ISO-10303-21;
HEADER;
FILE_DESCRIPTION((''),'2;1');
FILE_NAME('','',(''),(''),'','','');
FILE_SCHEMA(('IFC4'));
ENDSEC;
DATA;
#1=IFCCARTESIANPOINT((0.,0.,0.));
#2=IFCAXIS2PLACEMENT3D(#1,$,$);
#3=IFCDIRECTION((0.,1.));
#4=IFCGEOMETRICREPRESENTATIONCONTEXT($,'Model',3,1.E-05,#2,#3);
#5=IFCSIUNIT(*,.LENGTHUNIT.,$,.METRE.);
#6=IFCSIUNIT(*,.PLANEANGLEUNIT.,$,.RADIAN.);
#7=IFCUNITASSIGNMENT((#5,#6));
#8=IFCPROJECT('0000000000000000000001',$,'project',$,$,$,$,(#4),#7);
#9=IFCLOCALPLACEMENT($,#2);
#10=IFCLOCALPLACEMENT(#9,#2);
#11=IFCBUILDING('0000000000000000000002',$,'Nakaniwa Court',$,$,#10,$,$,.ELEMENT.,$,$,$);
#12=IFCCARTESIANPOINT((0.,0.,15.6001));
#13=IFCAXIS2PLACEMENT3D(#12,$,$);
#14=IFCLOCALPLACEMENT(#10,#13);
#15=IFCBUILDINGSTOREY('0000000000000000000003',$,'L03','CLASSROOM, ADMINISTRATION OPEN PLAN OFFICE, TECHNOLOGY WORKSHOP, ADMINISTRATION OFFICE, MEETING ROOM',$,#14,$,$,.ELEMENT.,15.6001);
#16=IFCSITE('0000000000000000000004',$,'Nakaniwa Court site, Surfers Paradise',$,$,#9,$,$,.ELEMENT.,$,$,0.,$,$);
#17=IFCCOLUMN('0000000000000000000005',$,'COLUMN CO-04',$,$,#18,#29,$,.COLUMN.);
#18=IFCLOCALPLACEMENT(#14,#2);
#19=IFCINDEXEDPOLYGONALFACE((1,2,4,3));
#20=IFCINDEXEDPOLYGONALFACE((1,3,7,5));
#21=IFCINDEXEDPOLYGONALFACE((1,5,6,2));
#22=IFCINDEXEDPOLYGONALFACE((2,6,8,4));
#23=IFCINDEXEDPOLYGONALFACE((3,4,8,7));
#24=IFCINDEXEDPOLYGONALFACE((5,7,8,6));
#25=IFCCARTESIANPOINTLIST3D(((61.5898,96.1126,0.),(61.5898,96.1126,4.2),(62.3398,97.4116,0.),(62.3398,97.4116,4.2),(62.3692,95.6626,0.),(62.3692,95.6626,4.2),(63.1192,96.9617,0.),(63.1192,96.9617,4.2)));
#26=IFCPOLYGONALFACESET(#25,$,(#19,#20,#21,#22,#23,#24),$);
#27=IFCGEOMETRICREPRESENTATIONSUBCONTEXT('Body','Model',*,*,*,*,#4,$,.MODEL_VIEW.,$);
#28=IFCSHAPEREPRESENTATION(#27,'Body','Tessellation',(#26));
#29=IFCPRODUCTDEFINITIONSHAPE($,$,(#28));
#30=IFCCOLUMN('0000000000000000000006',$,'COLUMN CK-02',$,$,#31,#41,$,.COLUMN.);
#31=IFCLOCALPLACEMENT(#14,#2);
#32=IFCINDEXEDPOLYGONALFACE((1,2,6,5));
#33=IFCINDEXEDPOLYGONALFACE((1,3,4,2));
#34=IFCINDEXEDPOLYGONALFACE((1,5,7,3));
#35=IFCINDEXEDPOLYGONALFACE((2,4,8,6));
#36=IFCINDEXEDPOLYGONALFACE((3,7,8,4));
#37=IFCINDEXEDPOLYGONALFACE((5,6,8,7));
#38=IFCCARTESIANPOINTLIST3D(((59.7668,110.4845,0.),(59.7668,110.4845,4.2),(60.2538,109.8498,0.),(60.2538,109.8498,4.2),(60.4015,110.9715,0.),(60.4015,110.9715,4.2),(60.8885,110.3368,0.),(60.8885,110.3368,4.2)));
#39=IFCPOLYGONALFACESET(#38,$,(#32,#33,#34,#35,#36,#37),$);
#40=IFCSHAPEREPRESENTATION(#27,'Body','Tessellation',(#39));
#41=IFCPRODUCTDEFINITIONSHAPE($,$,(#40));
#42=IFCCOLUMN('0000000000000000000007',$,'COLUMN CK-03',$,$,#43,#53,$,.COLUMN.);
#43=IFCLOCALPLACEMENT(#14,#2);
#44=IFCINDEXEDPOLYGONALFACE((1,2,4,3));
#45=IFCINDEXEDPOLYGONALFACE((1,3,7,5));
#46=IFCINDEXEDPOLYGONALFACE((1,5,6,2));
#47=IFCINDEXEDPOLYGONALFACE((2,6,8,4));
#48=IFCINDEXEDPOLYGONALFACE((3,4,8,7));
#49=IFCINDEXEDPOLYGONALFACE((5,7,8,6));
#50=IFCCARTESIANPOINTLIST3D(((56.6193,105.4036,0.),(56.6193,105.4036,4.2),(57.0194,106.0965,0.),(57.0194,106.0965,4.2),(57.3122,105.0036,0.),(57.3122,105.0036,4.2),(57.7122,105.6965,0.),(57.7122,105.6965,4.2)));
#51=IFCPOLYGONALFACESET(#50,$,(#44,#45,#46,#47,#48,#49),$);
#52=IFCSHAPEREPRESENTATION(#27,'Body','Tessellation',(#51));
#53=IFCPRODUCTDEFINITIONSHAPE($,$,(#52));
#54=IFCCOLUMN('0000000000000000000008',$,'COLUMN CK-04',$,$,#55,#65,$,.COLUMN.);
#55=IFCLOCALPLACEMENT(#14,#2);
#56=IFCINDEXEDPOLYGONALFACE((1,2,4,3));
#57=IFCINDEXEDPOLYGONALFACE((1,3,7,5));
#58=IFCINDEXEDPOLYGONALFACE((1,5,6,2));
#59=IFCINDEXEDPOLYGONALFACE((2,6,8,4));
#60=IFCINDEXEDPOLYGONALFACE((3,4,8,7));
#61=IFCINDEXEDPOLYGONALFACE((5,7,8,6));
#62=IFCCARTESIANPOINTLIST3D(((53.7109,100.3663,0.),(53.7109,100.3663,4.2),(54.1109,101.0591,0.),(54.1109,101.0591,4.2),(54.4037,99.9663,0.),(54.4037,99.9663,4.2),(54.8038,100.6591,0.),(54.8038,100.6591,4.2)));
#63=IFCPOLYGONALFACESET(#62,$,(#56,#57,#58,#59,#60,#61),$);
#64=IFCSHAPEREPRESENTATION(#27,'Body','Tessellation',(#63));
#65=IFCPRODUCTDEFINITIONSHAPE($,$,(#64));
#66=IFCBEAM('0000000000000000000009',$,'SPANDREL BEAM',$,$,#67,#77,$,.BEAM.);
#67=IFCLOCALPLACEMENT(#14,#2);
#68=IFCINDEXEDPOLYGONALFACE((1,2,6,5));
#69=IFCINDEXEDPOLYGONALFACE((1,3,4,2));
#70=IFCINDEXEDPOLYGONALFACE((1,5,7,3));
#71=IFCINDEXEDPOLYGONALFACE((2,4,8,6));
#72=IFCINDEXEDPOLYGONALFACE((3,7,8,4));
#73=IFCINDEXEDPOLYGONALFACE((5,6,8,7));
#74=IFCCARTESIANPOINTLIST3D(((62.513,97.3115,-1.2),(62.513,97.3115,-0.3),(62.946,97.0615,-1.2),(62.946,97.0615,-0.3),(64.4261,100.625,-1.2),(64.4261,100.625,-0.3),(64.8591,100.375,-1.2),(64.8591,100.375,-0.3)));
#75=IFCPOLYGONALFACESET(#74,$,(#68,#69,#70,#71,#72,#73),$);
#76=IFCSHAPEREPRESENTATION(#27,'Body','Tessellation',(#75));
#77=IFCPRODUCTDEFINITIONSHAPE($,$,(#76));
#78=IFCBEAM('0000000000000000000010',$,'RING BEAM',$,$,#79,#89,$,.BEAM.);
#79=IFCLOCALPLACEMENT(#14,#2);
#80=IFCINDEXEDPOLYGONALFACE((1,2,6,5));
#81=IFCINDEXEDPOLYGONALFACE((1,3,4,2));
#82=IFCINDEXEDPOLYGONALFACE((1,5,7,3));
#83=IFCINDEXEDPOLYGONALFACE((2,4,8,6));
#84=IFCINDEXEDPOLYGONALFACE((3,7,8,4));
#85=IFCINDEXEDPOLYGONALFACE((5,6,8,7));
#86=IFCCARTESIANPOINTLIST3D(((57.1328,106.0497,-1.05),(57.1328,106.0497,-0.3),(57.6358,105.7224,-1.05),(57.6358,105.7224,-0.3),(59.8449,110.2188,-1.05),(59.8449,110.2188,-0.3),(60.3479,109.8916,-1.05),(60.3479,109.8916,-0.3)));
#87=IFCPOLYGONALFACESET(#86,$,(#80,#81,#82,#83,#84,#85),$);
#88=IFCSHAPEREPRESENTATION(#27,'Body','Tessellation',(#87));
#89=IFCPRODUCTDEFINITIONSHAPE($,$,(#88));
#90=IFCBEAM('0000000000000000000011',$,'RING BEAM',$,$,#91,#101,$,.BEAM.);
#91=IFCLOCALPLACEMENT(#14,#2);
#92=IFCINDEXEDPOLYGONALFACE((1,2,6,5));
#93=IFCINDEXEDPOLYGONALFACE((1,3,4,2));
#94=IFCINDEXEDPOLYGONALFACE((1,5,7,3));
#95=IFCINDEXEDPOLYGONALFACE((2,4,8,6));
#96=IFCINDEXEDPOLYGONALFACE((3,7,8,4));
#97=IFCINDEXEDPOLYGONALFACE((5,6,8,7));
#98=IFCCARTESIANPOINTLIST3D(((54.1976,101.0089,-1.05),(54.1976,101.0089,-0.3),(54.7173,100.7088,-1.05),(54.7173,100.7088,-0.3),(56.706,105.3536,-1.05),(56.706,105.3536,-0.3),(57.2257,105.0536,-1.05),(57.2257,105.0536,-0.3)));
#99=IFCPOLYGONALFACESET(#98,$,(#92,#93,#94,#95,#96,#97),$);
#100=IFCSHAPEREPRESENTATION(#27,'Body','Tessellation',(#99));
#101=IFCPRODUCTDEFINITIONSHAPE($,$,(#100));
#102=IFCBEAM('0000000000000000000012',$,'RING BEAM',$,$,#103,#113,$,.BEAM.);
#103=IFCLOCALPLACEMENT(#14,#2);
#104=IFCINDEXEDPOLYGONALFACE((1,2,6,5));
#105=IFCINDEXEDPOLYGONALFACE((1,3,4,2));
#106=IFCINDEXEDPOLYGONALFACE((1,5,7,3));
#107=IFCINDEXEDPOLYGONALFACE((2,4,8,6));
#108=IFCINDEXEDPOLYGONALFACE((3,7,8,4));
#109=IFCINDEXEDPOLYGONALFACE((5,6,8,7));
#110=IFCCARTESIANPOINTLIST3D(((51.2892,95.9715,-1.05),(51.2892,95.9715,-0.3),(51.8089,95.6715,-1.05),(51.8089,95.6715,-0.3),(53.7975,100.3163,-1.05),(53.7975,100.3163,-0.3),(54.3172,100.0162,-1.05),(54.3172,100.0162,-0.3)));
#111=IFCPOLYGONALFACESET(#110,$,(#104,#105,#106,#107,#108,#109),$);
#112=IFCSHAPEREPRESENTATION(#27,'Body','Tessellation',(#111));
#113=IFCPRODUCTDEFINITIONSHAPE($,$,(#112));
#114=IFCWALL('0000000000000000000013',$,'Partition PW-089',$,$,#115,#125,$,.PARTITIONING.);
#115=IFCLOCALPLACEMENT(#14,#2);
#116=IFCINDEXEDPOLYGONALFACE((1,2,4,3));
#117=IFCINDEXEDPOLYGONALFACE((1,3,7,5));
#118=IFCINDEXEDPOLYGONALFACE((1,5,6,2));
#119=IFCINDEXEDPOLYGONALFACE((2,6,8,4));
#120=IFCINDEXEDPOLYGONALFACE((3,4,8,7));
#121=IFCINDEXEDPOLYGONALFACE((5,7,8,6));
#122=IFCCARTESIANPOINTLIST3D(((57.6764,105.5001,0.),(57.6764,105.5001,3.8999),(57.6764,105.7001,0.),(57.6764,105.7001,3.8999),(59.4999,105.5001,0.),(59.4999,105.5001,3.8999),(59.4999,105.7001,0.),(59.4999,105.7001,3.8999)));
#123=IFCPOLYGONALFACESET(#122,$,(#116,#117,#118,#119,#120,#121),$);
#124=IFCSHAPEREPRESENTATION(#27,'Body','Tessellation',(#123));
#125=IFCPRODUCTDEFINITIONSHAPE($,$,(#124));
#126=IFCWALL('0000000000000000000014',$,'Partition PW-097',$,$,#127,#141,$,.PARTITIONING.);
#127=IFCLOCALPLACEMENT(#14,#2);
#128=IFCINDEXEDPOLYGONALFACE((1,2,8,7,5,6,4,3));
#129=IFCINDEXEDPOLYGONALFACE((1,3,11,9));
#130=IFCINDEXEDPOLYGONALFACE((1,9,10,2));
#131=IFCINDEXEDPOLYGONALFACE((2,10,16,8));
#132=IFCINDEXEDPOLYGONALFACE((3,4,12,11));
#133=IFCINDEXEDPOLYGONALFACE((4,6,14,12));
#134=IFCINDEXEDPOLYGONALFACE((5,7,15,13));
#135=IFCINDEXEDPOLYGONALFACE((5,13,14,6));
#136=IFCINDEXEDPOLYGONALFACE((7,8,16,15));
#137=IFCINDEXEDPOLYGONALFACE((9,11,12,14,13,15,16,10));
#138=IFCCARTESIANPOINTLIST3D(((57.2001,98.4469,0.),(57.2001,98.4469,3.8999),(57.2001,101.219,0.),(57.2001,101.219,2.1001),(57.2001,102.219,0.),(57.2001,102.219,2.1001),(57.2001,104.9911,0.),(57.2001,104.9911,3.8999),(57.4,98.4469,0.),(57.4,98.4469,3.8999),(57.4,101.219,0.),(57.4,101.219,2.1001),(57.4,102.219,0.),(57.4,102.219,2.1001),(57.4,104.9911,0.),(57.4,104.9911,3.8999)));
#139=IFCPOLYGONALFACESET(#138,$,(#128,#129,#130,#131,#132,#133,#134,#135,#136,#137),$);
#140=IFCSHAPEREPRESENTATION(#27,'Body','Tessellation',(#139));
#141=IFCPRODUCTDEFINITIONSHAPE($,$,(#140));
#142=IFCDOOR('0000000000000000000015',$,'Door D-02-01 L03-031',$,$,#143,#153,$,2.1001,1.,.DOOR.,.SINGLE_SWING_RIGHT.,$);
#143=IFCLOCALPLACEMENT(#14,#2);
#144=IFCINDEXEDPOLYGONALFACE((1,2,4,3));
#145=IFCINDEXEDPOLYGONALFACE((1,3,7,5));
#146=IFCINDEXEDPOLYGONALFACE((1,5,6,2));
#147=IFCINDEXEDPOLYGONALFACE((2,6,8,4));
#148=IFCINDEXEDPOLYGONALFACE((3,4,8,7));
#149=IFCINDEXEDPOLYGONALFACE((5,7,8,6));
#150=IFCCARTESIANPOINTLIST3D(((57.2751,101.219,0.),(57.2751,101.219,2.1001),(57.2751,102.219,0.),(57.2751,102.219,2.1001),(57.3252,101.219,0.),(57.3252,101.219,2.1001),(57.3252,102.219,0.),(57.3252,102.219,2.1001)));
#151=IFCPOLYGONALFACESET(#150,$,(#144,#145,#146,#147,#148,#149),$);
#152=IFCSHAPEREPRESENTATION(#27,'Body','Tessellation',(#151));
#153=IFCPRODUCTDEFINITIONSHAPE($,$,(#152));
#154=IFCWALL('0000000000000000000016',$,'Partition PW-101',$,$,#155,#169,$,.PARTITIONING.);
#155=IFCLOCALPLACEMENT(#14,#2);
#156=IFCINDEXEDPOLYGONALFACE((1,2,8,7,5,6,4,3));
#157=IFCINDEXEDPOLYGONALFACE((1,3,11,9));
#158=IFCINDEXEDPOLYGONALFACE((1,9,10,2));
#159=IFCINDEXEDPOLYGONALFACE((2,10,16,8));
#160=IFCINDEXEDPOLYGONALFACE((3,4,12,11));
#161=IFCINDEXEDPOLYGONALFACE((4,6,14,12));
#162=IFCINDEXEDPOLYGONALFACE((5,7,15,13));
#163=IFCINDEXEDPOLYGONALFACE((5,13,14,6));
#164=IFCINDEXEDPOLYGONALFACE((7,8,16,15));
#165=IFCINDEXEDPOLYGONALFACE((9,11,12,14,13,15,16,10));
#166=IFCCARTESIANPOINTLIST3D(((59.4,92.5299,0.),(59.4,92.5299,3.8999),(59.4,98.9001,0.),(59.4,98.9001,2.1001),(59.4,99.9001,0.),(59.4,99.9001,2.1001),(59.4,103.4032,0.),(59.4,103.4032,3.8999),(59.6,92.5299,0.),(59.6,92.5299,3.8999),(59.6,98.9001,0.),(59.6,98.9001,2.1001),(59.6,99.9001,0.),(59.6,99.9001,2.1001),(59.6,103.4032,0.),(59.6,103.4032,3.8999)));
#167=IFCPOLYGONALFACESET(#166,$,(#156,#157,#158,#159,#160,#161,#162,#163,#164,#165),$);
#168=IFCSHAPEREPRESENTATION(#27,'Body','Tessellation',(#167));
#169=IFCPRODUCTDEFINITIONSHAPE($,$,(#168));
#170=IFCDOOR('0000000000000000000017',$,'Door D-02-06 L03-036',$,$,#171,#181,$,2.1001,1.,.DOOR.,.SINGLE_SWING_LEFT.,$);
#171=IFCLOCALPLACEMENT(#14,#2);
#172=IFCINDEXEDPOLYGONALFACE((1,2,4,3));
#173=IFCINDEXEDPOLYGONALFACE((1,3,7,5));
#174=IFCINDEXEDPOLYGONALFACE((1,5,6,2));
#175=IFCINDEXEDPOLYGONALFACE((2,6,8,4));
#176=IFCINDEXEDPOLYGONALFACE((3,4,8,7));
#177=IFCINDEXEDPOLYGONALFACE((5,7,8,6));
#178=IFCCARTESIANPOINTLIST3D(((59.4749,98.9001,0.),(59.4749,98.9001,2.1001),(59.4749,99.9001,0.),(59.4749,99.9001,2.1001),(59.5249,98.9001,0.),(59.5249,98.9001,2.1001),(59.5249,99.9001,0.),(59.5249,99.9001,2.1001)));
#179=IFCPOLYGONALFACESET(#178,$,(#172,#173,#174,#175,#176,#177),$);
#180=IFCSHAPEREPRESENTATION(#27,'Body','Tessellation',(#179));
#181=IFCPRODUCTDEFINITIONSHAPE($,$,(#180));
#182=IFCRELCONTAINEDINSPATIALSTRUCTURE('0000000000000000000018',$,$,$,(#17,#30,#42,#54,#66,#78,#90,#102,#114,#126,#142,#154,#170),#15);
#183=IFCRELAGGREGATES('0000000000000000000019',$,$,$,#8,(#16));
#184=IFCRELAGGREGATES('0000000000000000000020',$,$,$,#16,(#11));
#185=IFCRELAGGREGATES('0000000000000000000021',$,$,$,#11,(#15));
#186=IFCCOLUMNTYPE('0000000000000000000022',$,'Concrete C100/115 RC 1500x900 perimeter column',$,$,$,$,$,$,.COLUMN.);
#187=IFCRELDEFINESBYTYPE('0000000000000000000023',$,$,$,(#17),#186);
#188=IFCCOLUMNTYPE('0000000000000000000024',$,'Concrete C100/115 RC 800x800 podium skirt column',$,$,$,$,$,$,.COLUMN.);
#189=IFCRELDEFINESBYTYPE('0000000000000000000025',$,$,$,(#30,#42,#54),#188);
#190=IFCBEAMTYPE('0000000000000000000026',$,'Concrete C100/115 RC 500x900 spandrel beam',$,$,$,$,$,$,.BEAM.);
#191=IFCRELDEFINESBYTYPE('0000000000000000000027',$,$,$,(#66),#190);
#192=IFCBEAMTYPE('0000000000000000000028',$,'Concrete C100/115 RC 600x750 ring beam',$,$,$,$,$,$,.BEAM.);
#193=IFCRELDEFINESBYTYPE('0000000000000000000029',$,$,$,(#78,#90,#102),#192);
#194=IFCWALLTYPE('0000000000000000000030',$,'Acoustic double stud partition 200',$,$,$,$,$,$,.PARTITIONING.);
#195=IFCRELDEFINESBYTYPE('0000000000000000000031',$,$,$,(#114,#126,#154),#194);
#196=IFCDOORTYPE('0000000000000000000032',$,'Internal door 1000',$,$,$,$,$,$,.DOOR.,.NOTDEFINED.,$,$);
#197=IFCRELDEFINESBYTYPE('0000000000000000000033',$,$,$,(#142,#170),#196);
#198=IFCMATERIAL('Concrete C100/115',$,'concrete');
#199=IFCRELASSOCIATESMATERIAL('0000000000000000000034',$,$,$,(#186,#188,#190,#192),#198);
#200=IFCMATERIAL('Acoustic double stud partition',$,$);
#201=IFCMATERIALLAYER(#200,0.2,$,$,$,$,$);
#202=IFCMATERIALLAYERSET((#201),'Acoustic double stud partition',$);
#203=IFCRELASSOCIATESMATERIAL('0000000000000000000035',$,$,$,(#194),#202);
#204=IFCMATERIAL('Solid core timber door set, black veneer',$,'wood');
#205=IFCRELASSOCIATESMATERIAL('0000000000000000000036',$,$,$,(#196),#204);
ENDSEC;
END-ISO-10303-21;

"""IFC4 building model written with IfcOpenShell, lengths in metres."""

from ifc_helpers import new_model, si_unit, direction, frame, frame_2d, origin, origin_2d, place, context, subcontext, project, spatial, rectangle, extrude, material, layer, layer_set, material_profile, profile_set, type_object, element, fill, save


model = new_model("IFC4")

# Units and contexts
model_context = context("Model", 3, precision=1e-05, world=origin(), true_north=direction((0.0, 1.0)))
body_context = subcontext(model_context, "Body", "Model", "MODEL_VIEW")
ifc_project = project(units=[si_unit("LENGTHUNIT", "METRE"), si_unit("PLANEANGLEUNIT", "RADIAN")], contexts=[model_context])

# Site, building, storey
site_placement = place(None, origin())
site = spatial("IfcSite", under=ifc_project, at=site_placement, Name="Nakaniwa Court site, Surfers Paradise", CompositionType="ELEMENT", RefElevation=0.0)
building_placement = place(site_placement, origin())
building = spatial("IfcBuilding", under=site, at=building_placement, Name="Nakaniwa Court", CompositionType="ELEMENT")
storey_placement = place(building_placement, frame((0.0, 0.0, 15.6001)))
storey = spatial("IfcBuildingStorey", under=building, at=storey_placement, Name="L03", Description="CLASSROOM, ADMINISTRATION OPEN PLAN OFFICE, TECHNOLOGY WORKSHOP, ADMINISTRATION OFFICE, MEETING ROOM", CompositionType="ELEMENT", Elevation=15.6001)

# Columns
ifc_material_1 = material(Name="Concrete C100/115", Category="concrete")
ifc_material_profile_1 = material_profile(ifc_material_1, rectangle(XDim=1.5, YDim=0.8999, at=origin_2d()), Name="Concrete C100/115 RC 1500x900 perimeter column")
ifc_profile_set_1 = profile_set([ifc_material_profile_1], Name="Concrete C100/115")
column_type_1 = type_object("IfcColumnType", Name="Concrete C100/115 RC 1500x900 perimeter column", PredefinedType="COLUMN", material=ifc_profile_set_1)
column_placement = place(storey_placement, frame((62.3545, 96.5371, 0.0), z_axis=(0.0, 0.0, 1.0), x_axis=(-0.5, -0.866025, 0.0)))
element("IfcColumn", 1, at=column_placement, inside=storey, type_object=column_type_1, Name="COLUMN CO-04", PredefinedType="COLUMN", context=body_context, shape_type="SweptSolid", body=[
    extrude(rectangle(XDim=1.5, YDim=0.8999, at=origin_2d()), origin(), (0.0, 0.0, 1.0), 4.2),
])
ifc_material_profile_2 = material_profile(ifc_material_1, rectangle(XDim=0.8, YDim=0.8, at=origin_2d()), Name="Concrete C100/115 RC 800x800 podium skirt column")
ifc_profile_set_2 = profile_set([ifc_material_profile_2], Name="Concrete C100/115")
column_type_2 = type_object("IfcColumnType", Name="Concrete C100/115 RC 800x800 podium skirt column", PredefinedType="COLUMN", material=ifc_profile_set_2)
for number, where, z_axis, x_axis, name in (
    (2, (60.3276, 110.4106, 0.0), (0.0, 0.0, 1.0), (-0.793353, -0.608761, 0.0), "COLUMN CK-02"),
    (3, (57.1658, 105.55, 0.0), (0.0, 0.0, 1.0), (-0.5, -0.866025, 0.0), "COLUMN CK-03"),
    (4, (54.2573, 100.5127, 0.0), (0.0, 0.0, 1.0), (-0.5, -0.866025, 0.0), "COLUMN CK-04"),
):
    element("IfcColumn", number, at=place(storey_placement, frame(where, z_axis=z_axis, x_axis=x_axis)), inside=storey, type_object=column_type_2, Name=name, PredefinedType="COLUMN", context=body_context, shape_type="SweptSolid", body=[
        extrude(rectangle(XDim=0.8, YDim=0.8, at=origin_2d()), origin(), (0.0, 0.0, 1.0), 4.2),
    ])

# Beams
ifc_material_profile_3 = material_profile(ifc_material_1, rectangle(XDim=0.5, YDim=0.8999, at=origin_2d()), Name="Concrete C100/115 RC 500x900 spandrel beam")
ifc_profile_set_3 = profile_set([ifc_material_profile_3], Name="Concrete C100/115")
beam_type_1 = type_object("IfcBeamType", Name="Concrete C100/115 RC 500x900 spandrel beam", PredefinedType="BEAM", material=ifc_profile_set_3)
beam_1_placement = place(storey_placement, frame((64.6426, 100.5, -0.75), z_axis=(-0.50001, -0.86602, 0.0), x_axis=(0.86602, -0.50001, 0.0)))
element("IfcBeam", 5, at=beam_1_placement, inside=storey, type_object=beam_type_1, Name="SPANDREL BEAM", PredefinedType="BEAM", context=body_context, shape_type="SweptSolid", body=[
    extrude(rectangle(XDim=0.5, YDim=0.8999, at=origin_2d()), origin(), (0.0, 0.0, 1.0), 3.8262),
])
ifc_material_profile_4 = material_profile(ifc_material_1, rectangle(XDim=0.6001, YDim=0.75, at=origin_2d()), Name="Concrete C100/115 RC 600x750 ring beam")
ifc_profile_set_4 = profile_set([ifc_material_profile_4], Name="Concrete C100/115")
beam_type_2 = type_object("IfcBeamType", Name="Concrete C100/115 RC 600x750 ring beam", PredefinedType="BEAM", material=ifc_profile_set_4)
beam_2_placement = place(storey_placement, frame((60.0964, 110.0552, -0.675), z_axis=(-0.545297, -0.838243, 0.0), x_axis=(0.838243, -0.545297, 0.0)))
element("IfcBeam", 6, at=beam_2_placement, inside=storey, type_object=beam_type_2, Name="RING BEAM", PredefinedType="BEAM", context=body_context, shape_type="SweptSolid", body=[
    extrude(rectangle(XDim=0.6001, YDim=0.75, at=origin_2d()), origin(), (0.0, 0.0, 1.0), 4.9736),
])
for number, where, z_axis, x_axis, name in (
    (7, (56.9658, 105.2036, -0.675), (-0.499981, -0.866036, 0.0), (0.866036, -0.499981, 0.0), "RING BEAM"),
    (8, (54.0574, 100.1663, -0.675), (-0.499981, -0.866036, 0.0), (0.866036, -0.499981, 0.0), "RING BEAM"),
):
    element("IfcBeam", number, at=place(storey_placement, frame(where, z_axis=z_axis, x_axis=x_axis)), inside=storey, type_object=beam_type_2, Name=name, PredefinedType="BEAM", context=body_context, shape_type="SweptSolid", body=[
        extrude(rectangle(XDim=0.6001, YDim=0.75, at=origin_2d()), origin(), (0.0, 0.0, 1.0), 5.0168),
    ])

# Wall
ifc_material_2 = material(Name="Acoustic double stud partition")
ifc_layer_1 = layer(ifc_material_2, 0.2)
ifc_layer_set_1 = layer_set([ifc_layer_1], Name="Acoustic double stud partition")
wall_type_1 = type_object("IfcWallType", Name="Acoustic double stud partition 200", PredefinedType="PARTITIONING", material=ifc_layer_set_1)
wall_1_placement = place(storey_placement, frame((57.6765, 105.6001, 0.0), z_axis=(0.0, 0.0, 1.0), x_axis=(1.0, 0.0, 0.0)))
element("IfcWall", 9, at=wall_1_placement, inside=storey, type_object=wall_type_1, Name="Partition PW-089", PredefinedType="PARTITIONING", context=body_context, shape_type="SweptSolid", body=[
    extrude(rectangle(XDim=1.8235, YDim=0.2, at=frame_2d((0.9116, 0.0))), origin(), (0.0, 0.0, 1.0), 3.8999),
])

# Walls, openings, doors
wall_2_placement = place(storey_placement, frame((57.3, 98.447, 0.0), z_axis=(0.0, 0.0, 1.0), x_axis=(0.0, 1.0, 0.0)))
wall_2 = element("IfcWall", 10, at=wall_2_placement, inside=storey, type_object=wall_type_1, Name="Partition PW-097", PredefinedType="PARTITIONING", context=body_context, shape_type="SweptSolid", body=[
    extrude(rectangle(XDim=6.5442, YDim=0.2, at=frame_2d((3.272, 0.0))), origin(), (0.0, 0.0, 1.0), 3.8999),
])
opening_1_placement = place(wall_2_placement, frame((2.772, 0.0, 0.0)))
opening_1 = element("IfcOpeningElement", 11, at=opening_1_placement, cuts=wall_2, PredefinedType="OPENING", context=body_context, shape_type="SweptSolid", body=[
    extrude(rectangle(XDim=1.0, YDim=2.1001, at=frame_2d((0.5, 1.05))), frame((0.0, 0.1099, 0.0), z_axis=(0.0, -1.0, 0.0), x_axis=(1.0, 0.0, 0.0)), (0.0, 0.0, 1.0), 0.22),
])
ifc_material_3 = material(Name="Solid core timber door set, black veneer", Category="wood")
door_type_1 = type_object("IfcDoorType", Name="Internal door 1000", OperationType="NOTDEFINED", PredefinedType="DOOR", material=ifc_material_3)
door_1_placement = place(opening_1_placement, origin())
door_1 = element("IfcDoor", 12, at=door_1_placement, inside=storey, type_object=door_type_1, Name="Door D-02-01 L03-031", OperationType="SINGLE_SWING_RIGHT", OverallHeight=2.1001, OverallWidth=1.0, PredefinedType="DOOR", context=body_context, shape_type="SweptSolid", body=[
    extrude(rectangle(XDim=1.0, YDim=2.1001, at=frame_2d((0.5, 1.05))), frame((0.0, 0.0249, 0.0), z_axis=(0.0, -1.0, 0.0), x_axis=(1.0, 0.0, 0.0)), (0.0, 0.0, 1.0), 0.05),
])
fill(opening_1, door_1)
wall_3_placement = place(storey_placement, frame((59.5, 103.4031, 0.0), z_axis=(0.0, 0.0, 1.0), x_axis=(0.0, -1.0, 0.0)))
wall_3 = element("IfcWall", 13, at=wall_3_placement, inside=storey, type_object=wall_type_1, Name="Partition PW-101", PredefinedType="PARTITIONING", context=body_context, shape_type="SweptSolid", body=[
    extrude(rectangle(XDim=10.8733, YDim=0.2, at=frame_2d((5.4365, 0.0))), origin(), (0.0, 0.0, 1.0), 3.8999),
])
opening_2_placement = place(wall_3_placement, frame((3.5029, 0.0, 0.0)))
opening_2 = element("IfcOpeningElement", 14, at=opening_2_placement, cuts=wall_3, PredefinedType="OPENING", context=body_context, shape_type="SweptSolid", body=[
    extrude(rectangle(XDim=1.0, YDim=2.1001, at=frame_2d((0.5, 1.05))), frame((0.0, 0.1099, 0.0), z_axis=(0.0, -1.0, 0.0), x_axis=(1.0, 0.0, 0.0)), (0.0, 0.0, 1.0), 0.22),
])
door_2_placement = place(opening_2_placement, origin())
door_2 = element("IfcDoor", 15, at=door_2_placement, inside=storey, type_object=door_type_1, Name="Door D-02-06 L03-036", OperationType="SINGLE_SWING_LEFT", OverallHeight=2.1001, OverallWidth=1.0, PredefinedType="DOOR", context=body_context, shape_type="SweptSolid", body=[
    extrude(rectangle(XDim=1.0, YDim=2.1001, at=frame_2d((0.5, 1.05))), frame((0.0, 0.0249, 0.0), z_axis=(0.0, -1.0, 0.0), x_axis=(1.0, 0.0, 0.0)), (0.0, 0.0, 1.0), 0.05),
])
fill(opening_2, door_2)

save(model, "model.ifc")
